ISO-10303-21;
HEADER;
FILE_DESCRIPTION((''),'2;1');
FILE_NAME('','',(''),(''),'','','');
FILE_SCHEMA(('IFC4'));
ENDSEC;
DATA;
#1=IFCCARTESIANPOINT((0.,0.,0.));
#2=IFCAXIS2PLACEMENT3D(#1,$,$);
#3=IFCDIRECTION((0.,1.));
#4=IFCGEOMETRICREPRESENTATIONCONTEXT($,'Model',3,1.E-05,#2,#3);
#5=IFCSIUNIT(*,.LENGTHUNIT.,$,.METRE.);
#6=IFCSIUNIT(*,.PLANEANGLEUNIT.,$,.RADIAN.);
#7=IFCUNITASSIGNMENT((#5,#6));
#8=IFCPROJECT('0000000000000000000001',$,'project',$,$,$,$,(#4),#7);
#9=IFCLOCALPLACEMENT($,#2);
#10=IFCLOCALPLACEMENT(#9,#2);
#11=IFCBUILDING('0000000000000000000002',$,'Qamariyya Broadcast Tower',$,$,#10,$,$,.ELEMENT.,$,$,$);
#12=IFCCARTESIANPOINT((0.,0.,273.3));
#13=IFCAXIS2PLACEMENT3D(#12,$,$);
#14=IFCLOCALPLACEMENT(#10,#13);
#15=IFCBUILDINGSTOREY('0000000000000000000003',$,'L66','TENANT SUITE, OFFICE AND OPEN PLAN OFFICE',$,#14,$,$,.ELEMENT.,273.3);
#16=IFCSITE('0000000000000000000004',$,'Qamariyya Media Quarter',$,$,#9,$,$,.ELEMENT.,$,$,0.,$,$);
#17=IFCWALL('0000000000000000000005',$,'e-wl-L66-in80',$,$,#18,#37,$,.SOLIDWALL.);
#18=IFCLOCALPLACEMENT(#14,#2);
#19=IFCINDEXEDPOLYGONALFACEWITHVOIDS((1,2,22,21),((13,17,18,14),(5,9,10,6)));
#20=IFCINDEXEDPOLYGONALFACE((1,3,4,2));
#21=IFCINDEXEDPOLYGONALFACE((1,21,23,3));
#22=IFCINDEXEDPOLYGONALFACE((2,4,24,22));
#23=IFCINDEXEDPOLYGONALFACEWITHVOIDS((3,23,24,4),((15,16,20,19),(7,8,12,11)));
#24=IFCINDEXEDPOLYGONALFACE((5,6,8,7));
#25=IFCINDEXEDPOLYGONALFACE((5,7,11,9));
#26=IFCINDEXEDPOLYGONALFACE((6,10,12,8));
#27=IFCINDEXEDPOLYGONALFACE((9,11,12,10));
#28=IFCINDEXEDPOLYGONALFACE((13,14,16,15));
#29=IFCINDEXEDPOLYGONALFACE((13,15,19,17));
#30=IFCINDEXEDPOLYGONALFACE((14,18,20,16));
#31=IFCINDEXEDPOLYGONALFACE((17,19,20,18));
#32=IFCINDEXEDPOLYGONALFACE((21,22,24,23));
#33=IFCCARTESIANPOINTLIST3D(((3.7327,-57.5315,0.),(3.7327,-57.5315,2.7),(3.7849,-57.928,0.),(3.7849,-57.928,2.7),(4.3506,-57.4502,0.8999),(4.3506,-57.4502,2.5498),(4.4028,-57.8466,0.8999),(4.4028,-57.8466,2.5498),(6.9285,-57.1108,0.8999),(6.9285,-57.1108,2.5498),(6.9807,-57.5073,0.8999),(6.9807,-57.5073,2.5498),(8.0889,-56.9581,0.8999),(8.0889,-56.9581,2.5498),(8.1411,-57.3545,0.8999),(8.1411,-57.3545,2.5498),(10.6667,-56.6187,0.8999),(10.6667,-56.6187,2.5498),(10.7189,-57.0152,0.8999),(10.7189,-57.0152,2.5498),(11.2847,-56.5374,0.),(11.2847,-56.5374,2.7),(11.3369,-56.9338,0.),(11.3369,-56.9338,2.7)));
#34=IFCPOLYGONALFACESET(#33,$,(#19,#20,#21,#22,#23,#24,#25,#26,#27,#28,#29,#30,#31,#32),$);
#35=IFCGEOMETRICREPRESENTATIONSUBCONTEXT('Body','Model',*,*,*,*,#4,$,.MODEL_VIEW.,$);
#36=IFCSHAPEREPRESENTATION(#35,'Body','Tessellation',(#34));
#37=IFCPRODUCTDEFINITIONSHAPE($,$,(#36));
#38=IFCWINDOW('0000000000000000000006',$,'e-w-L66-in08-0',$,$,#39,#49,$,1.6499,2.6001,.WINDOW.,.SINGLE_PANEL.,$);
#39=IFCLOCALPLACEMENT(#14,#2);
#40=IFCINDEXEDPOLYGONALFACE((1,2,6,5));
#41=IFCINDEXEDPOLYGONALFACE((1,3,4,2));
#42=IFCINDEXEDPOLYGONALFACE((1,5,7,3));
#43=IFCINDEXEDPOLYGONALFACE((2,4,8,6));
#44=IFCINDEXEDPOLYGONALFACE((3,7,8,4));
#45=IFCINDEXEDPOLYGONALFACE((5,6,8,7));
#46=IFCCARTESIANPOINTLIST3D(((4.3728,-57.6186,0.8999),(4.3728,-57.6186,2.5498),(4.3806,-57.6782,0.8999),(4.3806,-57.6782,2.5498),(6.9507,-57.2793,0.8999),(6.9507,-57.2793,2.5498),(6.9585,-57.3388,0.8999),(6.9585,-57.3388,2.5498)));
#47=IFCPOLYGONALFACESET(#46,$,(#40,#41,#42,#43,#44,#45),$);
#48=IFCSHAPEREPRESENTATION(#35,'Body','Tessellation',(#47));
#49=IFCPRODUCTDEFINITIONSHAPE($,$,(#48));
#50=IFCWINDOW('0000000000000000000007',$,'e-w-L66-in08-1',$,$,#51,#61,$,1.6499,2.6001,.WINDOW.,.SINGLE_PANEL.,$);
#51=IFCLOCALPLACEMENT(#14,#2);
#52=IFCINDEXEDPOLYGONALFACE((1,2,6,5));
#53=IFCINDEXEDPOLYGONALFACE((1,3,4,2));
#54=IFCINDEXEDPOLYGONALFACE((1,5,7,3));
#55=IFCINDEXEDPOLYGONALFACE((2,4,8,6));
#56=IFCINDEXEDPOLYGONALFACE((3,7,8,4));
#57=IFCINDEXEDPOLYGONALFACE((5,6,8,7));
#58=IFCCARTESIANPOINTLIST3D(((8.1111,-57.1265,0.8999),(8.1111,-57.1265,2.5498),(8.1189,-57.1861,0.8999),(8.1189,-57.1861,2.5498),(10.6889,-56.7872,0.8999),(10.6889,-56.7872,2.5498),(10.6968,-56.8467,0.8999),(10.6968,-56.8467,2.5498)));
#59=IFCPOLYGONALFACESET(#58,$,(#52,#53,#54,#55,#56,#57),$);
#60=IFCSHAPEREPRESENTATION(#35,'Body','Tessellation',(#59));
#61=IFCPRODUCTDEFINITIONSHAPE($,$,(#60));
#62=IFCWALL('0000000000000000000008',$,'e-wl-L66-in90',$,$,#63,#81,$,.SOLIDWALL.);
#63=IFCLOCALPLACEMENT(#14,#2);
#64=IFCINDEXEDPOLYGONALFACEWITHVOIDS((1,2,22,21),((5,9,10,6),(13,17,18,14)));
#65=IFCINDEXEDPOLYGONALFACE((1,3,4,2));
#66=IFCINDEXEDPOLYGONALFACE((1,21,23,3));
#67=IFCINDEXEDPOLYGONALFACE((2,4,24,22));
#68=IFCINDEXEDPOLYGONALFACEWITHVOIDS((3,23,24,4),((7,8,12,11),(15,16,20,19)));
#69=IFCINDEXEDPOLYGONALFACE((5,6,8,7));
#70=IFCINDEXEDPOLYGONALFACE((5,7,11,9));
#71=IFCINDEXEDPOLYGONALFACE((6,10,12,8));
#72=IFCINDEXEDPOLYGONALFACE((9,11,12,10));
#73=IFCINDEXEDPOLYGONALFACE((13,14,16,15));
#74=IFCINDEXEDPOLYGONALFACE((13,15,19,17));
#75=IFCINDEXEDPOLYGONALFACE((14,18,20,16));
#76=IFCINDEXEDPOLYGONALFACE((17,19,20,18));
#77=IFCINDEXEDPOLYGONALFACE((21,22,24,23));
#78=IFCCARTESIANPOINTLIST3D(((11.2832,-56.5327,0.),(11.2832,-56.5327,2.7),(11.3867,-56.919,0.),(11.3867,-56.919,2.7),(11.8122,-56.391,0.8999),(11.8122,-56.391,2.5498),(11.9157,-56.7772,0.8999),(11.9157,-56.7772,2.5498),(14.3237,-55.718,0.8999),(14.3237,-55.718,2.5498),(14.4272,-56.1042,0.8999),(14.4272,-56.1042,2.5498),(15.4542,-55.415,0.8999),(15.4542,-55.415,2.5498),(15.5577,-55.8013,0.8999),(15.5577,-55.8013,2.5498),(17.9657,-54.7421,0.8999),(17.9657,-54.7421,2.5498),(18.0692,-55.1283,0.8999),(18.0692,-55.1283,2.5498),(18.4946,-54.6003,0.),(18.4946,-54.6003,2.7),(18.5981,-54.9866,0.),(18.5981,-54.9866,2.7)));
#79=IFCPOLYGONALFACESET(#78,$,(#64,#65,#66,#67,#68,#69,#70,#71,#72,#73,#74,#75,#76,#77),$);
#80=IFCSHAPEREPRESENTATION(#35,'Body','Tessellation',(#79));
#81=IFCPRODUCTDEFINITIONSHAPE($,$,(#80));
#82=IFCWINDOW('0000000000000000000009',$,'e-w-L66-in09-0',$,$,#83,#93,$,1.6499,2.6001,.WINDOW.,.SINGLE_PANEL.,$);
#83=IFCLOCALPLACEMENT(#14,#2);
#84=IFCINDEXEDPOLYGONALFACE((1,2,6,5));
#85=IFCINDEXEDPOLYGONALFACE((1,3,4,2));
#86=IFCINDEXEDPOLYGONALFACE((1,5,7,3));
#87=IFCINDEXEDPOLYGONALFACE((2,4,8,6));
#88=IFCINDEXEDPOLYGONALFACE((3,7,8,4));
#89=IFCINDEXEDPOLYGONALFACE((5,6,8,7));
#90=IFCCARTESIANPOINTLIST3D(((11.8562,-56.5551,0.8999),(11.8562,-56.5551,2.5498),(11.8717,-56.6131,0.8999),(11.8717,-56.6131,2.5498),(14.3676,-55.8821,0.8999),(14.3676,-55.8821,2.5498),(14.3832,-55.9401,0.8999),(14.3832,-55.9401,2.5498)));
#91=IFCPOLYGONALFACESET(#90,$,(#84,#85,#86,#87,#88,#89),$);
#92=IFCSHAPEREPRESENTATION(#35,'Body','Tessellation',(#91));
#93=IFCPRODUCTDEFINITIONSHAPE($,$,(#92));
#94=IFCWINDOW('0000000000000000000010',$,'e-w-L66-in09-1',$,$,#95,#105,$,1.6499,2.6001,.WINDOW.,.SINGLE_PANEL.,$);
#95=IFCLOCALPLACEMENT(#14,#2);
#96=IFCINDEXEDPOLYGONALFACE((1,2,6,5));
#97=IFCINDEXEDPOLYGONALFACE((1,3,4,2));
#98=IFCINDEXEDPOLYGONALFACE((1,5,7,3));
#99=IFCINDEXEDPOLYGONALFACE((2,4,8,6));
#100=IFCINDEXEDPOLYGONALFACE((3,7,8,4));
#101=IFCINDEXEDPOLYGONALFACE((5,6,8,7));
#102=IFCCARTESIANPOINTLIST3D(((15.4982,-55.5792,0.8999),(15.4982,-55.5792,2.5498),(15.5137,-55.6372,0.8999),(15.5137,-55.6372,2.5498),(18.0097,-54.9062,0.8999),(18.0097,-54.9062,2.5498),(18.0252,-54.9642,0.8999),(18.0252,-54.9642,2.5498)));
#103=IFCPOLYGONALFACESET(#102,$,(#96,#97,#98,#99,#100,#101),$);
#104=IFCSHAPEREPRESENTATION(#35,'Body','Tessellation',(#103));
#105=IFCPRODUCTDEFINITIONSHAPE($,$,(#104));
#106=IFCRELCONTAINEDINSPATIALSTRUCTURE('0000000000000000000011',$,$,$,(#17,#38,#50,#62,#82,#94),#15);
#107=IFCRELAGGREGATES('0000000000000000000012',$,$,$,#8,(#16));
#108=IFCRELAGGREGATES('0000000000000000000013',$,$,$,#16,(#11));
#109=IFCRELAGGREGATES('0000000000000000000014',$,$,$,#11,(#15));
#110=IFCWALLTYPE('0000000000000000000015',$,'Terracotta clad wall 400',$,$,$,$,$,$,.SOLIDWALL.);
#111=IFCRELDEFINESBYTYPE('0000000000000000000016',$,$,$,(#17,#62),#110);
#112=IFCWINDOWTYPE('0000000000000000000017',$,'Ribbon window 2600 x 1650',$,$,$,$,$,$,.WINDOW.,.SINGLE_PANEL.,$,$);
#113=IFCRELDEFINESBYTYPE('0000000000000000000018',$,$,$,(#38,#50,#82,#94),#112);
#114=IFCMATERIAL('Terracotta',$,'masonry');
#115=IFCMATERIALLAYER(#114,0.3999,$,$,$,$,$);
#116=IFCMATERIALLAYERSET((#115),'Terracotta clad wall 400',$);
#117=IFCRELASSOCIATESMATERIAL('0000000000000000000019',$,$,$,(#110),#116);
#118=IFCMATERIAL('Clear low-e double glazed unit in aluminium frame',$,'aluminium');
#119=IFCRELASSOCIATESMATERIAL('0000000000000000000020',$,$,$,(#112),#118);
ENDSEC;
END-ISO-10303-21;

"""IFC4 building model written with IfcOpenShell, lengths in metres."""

from ifc_helpers import new_model, si_unit, direction, frame, frame_2d, origin, place, context, subcontext, project, spatial, rectangle, extrude, material, layer, layer_set, type_object, element, fill, save


model = new_model("IFC4")

# Units and contexts
model_context = context("Model", 3, precision=1e-05, world=origin(), true_north=direction((0.0, 1.0)))
body_context = subcontext(model_context, "Body", "Model", "MODEL_VIEW")
ifc_project = project(units=[si_unit("LENGTHUNIT", "METRE"), si_unit("PLANEANGLEUNIT", "RADIAN")], contexts=[model_context])

# Site, building, storey
site_placement = place(None, origin())
site = spatial("IfcSite", under=ifc_project, at=site_placement, Name="Qamariyya Media Quarter", CompositionType="ELEMENT", RefElevation=0.0)
building_placement = place(site_placement, origin())
building = spatial("IfcBuilding", under=site, at=building_placement, Name="Qamariyya Broadcast Tower", CompositionType="ELEMENT")
storey_placement = place(building_placement, frame((0.0, 0.0, 273.3)))
storey = spatial("IfcBuildingStorey", under=building, at=storey_placement, Name="L66", Description="TENANT SUITE, OFFICE AND OPEN PLAN OFFICE", CompositionType="ELEMENT", Elevation=273.3)

# Walls, openings, windows
ifc_material_1 = material(Name="Terracotta", Category="masonry")
ifc_layer_1 = layer(ifc_material_1, 0.3999)
ifc_layer_set_1 = layer_set([ifc_layer_1], Name="Terracotta clad wall 400")
wall_type_1 = type_object("IfcWallType", Name="Terracotta clad wall 400", PredefinedType="SOLIDWALL", material=ifc_layer_set_1)
ifc_material_2 = material(Name="Clear low-e double glazed unit in aluminium frame", Category="aluminium")
window_type = type_object("IfcWindowType", Name="Ribbon window 2600 x 1650", PartitioningType="SINGLE_PANEL", PredefinedType="WINDOW", material=ifc_material_2)
wall_1_placement = place(storey_placement, frame((11.3108, -56.7356, 0.0), z_axis=(0.0, 0.0, 1.0), x_axis=(-0.991447, -0.130513, 0.0)))
wall_1 = element("IfcWall", 1, at=wall_1_placement, inside=storey, type_object=wall_type_1, Name="e-wl-L66-in80", PredefinedType="SOLIDWALL", context=body_context, shape_type="SweptSolid", body=[
    extrude(rectangle(XDim=7.6172, YDim=0.3999, at=frame_2d((3.8086, 0.0))), origin(), (0.0, 0.0, 1.0), 2.7),
])
opening_1_placement = place(wall_1_placement, frame((4.3938, 0.0, 0.8999)))
opening_1 = element("IfcOpeningElement", 2, at=opening_1_placement, cuts=wall_1, PredefinedType="OPENING", context=body_context, shape_type="SweptSolid", body=[
    extrude(rectangle(XDim=2.6001, YDim=1.6499, at=frame_2d((1.3, 0.825))), frame((0.0, 0.21, 0.0), z_axis=(0.0, -1.0, 0.0), x_axis=(1.0, 0.0, 0.0)), (0.0, 0.0, 1.0), 0.4199),
])
opening_2_placement = place(wall_1_placement, frame((0.6233, 0.0, 0.8999)))
opening_2 = element("IfcOpeningElement", 3, at=opening_2_placement, cuts=wall_1, PredefinedType="OPENING", context=body_context, shape_type="SweptSolid", body=[
    extrude(rectangle(XDim=2.6001, YDim=1.6499, at=frame_2d((1.3, 0.825))), frame((0.0, 0.21, 0.0), z_axis=(0.0, -1.0, 0.0), x_axis=(1.0, 0.0, 0.0)), (0.0, 0.0, 1.0), 0.4199),
])
window_1_placement = place(opening_1_placement, origin())
window_1 = element("IfcWindow", 4, at=window_1_placement, inside=storey, type_object=window_type, Name="e-w-L66-in08-0", OverallHeight=1.6499, OverallWidth=2.6001, PartitioningType="SINGLE_PANEL", PredefinedType="WINDOW", context=body_context, shape_type="SweptSolid", body=[
    extrude(rectangle(XDim=2.6001, YDim=1.6499, at=frame_2d((1.3, 0.825))), frame((0.0, 0.03, 0.0), z_axis=(0.0, -1.0, 0.0), x_axis=(1.0, 0.0, 0.0)), (0.0, 0.0, 1.0), 0.0601),
])
fill(opening_1, window_1)
window_2_placement = place(opening_2_placement, origin())
window_2 = element("IfcWindow", 5, at=window_2_placement, inside=storey, type_object=window_type, Name="e-w-L66-in08-1", OverallHeight=1.6499, OverallWidth=2.6001, PartitioningType="SINGLE_PANEL", PredefinedType="WINDOW", context=body_context, shape_type="SweptSolid", body=[
    extrude(rectangle(XDim=2.6001, YDim=1.6499, at=frame_2d((1.3, 0.825))), frame((0.0, 0.03, 0.0), z_axis=(0.0, -1.0, 0.0), x_axis=(1.0, 0.0, 0.0)), (0.0, 0.0, 1.0), 0.0601),
])
fill(opening_2, window_2)
wall_2_placement = place(storey_placement, frame((18.5464, -54.7935, 0.0), z_axis=(0.0, 0.0, 1.0), x_axis=(-0.965923, -0.258829, 0.0)))
wall_2 = element("IfcWall", 6, at=wall_2_placement, inside=storey, type_object=wall_type_1, Name="e-wl-L66-in90", PredefinedType="SOLIDWALL", context=body_context, shape_type="SweptSolid", body=[
    extrude(rectangle(XDim=7.4658, YDim=0.3999, at=frame_2d((3.7329, 0.0))), origin(), (0.0, 0.0, 1.0), 2.7),
])
opening_3_placement = place(wall_2_placement, frame((4.3181, 0.0, 0.8999)))
opening_3 = element("IfcOpeningElement", 7, at=opening_3_placement, cuts=wall_2, PredefinedType="OPENING", context=body_context, shape_type="SweptSolid", body=[
    extrude(rectangle(XDim=2.6001, YDim=1.6499, at=frame_2d((1.3, 0.825))), frame((0.0, 0.21, 0.0), z_axis=(0.0, -1.0, 0.0), x_axis=(1.0, 0.0, 0.0)), (0.0, 0.0, 1.0), 0.4199),
])
opening_4_placement = place(wall_2_placement, frame((0.5476, 0.0, 0.8999)))
opening_4 = element("IfcOpeningElement", 8, at=opening_4_placement, cuts=wall_2, PredefinedType="OPENING", context=body_context, shape_type="SweptSolid", body=[
    extrude(rectangle(XDim=2.6001, YDim=1.6499, at=frame_2d((1.3, 0.825))), frame((0.0, 0.21, 0.0), z_axis=(0.0, -1.0, 0.0), x_axis=(1.0, 0.0, 0.0)), (0.0, 0.0, 1.0), 0.4199),
])
window_3_placement = place(opening_3_placement, origin())
window_3 = element("IfcWindow", 9, at=window_3_placement, inside=storey, type_object=window_type, Name="e-w-L66-in09-0", OverallHeight=1.6499, OverallWidth=2.6001, PartitioningType="SINGLE_PANEL", PredefinedType="WINDOW", context=body_context, shape_type="SweptSolid", body=[
    extrude(rectangle(XDim=2.6001, YDim=1.6499, at=frame_2d((1.3, 0.825))), frame((0.0, 0.03, 0.0), z_axis=(0.0, -1.0, 0.0), x_axis=(1.0, 0.0, 0.0)), (0.0, 0.0, 1.0), 0.0601),
])
fill(opening_3, window_3)
window_4_placement = place(opening_4_placement, origin())
window_4 = element("IfcWindow", 10, at=window_4_placement, inside=storey, type_object=window_type, Name="e-w-L66-in09-1", OverallHeight=1.6499, OverallWidth=2.6001, PartitioningType="SINGLE_PANEL", PredefinedType="WINDOW", context=body_context, shape_type="SweptSolid", body=[
    extrude(rectangle(XDim=2.6001, YDim=1.6499, at=frame_2d((1.3, 0.825))), frame((0.0, 0.03, 0.0), z_axis=(0.0, -1.0, 0.0), x_axis=(1.0, 0.0, 0.0)), (0.0, 0.0, 1.0), 0.0601),
])
fill(opening_4, window_4)

save(model, "model.ifc")
